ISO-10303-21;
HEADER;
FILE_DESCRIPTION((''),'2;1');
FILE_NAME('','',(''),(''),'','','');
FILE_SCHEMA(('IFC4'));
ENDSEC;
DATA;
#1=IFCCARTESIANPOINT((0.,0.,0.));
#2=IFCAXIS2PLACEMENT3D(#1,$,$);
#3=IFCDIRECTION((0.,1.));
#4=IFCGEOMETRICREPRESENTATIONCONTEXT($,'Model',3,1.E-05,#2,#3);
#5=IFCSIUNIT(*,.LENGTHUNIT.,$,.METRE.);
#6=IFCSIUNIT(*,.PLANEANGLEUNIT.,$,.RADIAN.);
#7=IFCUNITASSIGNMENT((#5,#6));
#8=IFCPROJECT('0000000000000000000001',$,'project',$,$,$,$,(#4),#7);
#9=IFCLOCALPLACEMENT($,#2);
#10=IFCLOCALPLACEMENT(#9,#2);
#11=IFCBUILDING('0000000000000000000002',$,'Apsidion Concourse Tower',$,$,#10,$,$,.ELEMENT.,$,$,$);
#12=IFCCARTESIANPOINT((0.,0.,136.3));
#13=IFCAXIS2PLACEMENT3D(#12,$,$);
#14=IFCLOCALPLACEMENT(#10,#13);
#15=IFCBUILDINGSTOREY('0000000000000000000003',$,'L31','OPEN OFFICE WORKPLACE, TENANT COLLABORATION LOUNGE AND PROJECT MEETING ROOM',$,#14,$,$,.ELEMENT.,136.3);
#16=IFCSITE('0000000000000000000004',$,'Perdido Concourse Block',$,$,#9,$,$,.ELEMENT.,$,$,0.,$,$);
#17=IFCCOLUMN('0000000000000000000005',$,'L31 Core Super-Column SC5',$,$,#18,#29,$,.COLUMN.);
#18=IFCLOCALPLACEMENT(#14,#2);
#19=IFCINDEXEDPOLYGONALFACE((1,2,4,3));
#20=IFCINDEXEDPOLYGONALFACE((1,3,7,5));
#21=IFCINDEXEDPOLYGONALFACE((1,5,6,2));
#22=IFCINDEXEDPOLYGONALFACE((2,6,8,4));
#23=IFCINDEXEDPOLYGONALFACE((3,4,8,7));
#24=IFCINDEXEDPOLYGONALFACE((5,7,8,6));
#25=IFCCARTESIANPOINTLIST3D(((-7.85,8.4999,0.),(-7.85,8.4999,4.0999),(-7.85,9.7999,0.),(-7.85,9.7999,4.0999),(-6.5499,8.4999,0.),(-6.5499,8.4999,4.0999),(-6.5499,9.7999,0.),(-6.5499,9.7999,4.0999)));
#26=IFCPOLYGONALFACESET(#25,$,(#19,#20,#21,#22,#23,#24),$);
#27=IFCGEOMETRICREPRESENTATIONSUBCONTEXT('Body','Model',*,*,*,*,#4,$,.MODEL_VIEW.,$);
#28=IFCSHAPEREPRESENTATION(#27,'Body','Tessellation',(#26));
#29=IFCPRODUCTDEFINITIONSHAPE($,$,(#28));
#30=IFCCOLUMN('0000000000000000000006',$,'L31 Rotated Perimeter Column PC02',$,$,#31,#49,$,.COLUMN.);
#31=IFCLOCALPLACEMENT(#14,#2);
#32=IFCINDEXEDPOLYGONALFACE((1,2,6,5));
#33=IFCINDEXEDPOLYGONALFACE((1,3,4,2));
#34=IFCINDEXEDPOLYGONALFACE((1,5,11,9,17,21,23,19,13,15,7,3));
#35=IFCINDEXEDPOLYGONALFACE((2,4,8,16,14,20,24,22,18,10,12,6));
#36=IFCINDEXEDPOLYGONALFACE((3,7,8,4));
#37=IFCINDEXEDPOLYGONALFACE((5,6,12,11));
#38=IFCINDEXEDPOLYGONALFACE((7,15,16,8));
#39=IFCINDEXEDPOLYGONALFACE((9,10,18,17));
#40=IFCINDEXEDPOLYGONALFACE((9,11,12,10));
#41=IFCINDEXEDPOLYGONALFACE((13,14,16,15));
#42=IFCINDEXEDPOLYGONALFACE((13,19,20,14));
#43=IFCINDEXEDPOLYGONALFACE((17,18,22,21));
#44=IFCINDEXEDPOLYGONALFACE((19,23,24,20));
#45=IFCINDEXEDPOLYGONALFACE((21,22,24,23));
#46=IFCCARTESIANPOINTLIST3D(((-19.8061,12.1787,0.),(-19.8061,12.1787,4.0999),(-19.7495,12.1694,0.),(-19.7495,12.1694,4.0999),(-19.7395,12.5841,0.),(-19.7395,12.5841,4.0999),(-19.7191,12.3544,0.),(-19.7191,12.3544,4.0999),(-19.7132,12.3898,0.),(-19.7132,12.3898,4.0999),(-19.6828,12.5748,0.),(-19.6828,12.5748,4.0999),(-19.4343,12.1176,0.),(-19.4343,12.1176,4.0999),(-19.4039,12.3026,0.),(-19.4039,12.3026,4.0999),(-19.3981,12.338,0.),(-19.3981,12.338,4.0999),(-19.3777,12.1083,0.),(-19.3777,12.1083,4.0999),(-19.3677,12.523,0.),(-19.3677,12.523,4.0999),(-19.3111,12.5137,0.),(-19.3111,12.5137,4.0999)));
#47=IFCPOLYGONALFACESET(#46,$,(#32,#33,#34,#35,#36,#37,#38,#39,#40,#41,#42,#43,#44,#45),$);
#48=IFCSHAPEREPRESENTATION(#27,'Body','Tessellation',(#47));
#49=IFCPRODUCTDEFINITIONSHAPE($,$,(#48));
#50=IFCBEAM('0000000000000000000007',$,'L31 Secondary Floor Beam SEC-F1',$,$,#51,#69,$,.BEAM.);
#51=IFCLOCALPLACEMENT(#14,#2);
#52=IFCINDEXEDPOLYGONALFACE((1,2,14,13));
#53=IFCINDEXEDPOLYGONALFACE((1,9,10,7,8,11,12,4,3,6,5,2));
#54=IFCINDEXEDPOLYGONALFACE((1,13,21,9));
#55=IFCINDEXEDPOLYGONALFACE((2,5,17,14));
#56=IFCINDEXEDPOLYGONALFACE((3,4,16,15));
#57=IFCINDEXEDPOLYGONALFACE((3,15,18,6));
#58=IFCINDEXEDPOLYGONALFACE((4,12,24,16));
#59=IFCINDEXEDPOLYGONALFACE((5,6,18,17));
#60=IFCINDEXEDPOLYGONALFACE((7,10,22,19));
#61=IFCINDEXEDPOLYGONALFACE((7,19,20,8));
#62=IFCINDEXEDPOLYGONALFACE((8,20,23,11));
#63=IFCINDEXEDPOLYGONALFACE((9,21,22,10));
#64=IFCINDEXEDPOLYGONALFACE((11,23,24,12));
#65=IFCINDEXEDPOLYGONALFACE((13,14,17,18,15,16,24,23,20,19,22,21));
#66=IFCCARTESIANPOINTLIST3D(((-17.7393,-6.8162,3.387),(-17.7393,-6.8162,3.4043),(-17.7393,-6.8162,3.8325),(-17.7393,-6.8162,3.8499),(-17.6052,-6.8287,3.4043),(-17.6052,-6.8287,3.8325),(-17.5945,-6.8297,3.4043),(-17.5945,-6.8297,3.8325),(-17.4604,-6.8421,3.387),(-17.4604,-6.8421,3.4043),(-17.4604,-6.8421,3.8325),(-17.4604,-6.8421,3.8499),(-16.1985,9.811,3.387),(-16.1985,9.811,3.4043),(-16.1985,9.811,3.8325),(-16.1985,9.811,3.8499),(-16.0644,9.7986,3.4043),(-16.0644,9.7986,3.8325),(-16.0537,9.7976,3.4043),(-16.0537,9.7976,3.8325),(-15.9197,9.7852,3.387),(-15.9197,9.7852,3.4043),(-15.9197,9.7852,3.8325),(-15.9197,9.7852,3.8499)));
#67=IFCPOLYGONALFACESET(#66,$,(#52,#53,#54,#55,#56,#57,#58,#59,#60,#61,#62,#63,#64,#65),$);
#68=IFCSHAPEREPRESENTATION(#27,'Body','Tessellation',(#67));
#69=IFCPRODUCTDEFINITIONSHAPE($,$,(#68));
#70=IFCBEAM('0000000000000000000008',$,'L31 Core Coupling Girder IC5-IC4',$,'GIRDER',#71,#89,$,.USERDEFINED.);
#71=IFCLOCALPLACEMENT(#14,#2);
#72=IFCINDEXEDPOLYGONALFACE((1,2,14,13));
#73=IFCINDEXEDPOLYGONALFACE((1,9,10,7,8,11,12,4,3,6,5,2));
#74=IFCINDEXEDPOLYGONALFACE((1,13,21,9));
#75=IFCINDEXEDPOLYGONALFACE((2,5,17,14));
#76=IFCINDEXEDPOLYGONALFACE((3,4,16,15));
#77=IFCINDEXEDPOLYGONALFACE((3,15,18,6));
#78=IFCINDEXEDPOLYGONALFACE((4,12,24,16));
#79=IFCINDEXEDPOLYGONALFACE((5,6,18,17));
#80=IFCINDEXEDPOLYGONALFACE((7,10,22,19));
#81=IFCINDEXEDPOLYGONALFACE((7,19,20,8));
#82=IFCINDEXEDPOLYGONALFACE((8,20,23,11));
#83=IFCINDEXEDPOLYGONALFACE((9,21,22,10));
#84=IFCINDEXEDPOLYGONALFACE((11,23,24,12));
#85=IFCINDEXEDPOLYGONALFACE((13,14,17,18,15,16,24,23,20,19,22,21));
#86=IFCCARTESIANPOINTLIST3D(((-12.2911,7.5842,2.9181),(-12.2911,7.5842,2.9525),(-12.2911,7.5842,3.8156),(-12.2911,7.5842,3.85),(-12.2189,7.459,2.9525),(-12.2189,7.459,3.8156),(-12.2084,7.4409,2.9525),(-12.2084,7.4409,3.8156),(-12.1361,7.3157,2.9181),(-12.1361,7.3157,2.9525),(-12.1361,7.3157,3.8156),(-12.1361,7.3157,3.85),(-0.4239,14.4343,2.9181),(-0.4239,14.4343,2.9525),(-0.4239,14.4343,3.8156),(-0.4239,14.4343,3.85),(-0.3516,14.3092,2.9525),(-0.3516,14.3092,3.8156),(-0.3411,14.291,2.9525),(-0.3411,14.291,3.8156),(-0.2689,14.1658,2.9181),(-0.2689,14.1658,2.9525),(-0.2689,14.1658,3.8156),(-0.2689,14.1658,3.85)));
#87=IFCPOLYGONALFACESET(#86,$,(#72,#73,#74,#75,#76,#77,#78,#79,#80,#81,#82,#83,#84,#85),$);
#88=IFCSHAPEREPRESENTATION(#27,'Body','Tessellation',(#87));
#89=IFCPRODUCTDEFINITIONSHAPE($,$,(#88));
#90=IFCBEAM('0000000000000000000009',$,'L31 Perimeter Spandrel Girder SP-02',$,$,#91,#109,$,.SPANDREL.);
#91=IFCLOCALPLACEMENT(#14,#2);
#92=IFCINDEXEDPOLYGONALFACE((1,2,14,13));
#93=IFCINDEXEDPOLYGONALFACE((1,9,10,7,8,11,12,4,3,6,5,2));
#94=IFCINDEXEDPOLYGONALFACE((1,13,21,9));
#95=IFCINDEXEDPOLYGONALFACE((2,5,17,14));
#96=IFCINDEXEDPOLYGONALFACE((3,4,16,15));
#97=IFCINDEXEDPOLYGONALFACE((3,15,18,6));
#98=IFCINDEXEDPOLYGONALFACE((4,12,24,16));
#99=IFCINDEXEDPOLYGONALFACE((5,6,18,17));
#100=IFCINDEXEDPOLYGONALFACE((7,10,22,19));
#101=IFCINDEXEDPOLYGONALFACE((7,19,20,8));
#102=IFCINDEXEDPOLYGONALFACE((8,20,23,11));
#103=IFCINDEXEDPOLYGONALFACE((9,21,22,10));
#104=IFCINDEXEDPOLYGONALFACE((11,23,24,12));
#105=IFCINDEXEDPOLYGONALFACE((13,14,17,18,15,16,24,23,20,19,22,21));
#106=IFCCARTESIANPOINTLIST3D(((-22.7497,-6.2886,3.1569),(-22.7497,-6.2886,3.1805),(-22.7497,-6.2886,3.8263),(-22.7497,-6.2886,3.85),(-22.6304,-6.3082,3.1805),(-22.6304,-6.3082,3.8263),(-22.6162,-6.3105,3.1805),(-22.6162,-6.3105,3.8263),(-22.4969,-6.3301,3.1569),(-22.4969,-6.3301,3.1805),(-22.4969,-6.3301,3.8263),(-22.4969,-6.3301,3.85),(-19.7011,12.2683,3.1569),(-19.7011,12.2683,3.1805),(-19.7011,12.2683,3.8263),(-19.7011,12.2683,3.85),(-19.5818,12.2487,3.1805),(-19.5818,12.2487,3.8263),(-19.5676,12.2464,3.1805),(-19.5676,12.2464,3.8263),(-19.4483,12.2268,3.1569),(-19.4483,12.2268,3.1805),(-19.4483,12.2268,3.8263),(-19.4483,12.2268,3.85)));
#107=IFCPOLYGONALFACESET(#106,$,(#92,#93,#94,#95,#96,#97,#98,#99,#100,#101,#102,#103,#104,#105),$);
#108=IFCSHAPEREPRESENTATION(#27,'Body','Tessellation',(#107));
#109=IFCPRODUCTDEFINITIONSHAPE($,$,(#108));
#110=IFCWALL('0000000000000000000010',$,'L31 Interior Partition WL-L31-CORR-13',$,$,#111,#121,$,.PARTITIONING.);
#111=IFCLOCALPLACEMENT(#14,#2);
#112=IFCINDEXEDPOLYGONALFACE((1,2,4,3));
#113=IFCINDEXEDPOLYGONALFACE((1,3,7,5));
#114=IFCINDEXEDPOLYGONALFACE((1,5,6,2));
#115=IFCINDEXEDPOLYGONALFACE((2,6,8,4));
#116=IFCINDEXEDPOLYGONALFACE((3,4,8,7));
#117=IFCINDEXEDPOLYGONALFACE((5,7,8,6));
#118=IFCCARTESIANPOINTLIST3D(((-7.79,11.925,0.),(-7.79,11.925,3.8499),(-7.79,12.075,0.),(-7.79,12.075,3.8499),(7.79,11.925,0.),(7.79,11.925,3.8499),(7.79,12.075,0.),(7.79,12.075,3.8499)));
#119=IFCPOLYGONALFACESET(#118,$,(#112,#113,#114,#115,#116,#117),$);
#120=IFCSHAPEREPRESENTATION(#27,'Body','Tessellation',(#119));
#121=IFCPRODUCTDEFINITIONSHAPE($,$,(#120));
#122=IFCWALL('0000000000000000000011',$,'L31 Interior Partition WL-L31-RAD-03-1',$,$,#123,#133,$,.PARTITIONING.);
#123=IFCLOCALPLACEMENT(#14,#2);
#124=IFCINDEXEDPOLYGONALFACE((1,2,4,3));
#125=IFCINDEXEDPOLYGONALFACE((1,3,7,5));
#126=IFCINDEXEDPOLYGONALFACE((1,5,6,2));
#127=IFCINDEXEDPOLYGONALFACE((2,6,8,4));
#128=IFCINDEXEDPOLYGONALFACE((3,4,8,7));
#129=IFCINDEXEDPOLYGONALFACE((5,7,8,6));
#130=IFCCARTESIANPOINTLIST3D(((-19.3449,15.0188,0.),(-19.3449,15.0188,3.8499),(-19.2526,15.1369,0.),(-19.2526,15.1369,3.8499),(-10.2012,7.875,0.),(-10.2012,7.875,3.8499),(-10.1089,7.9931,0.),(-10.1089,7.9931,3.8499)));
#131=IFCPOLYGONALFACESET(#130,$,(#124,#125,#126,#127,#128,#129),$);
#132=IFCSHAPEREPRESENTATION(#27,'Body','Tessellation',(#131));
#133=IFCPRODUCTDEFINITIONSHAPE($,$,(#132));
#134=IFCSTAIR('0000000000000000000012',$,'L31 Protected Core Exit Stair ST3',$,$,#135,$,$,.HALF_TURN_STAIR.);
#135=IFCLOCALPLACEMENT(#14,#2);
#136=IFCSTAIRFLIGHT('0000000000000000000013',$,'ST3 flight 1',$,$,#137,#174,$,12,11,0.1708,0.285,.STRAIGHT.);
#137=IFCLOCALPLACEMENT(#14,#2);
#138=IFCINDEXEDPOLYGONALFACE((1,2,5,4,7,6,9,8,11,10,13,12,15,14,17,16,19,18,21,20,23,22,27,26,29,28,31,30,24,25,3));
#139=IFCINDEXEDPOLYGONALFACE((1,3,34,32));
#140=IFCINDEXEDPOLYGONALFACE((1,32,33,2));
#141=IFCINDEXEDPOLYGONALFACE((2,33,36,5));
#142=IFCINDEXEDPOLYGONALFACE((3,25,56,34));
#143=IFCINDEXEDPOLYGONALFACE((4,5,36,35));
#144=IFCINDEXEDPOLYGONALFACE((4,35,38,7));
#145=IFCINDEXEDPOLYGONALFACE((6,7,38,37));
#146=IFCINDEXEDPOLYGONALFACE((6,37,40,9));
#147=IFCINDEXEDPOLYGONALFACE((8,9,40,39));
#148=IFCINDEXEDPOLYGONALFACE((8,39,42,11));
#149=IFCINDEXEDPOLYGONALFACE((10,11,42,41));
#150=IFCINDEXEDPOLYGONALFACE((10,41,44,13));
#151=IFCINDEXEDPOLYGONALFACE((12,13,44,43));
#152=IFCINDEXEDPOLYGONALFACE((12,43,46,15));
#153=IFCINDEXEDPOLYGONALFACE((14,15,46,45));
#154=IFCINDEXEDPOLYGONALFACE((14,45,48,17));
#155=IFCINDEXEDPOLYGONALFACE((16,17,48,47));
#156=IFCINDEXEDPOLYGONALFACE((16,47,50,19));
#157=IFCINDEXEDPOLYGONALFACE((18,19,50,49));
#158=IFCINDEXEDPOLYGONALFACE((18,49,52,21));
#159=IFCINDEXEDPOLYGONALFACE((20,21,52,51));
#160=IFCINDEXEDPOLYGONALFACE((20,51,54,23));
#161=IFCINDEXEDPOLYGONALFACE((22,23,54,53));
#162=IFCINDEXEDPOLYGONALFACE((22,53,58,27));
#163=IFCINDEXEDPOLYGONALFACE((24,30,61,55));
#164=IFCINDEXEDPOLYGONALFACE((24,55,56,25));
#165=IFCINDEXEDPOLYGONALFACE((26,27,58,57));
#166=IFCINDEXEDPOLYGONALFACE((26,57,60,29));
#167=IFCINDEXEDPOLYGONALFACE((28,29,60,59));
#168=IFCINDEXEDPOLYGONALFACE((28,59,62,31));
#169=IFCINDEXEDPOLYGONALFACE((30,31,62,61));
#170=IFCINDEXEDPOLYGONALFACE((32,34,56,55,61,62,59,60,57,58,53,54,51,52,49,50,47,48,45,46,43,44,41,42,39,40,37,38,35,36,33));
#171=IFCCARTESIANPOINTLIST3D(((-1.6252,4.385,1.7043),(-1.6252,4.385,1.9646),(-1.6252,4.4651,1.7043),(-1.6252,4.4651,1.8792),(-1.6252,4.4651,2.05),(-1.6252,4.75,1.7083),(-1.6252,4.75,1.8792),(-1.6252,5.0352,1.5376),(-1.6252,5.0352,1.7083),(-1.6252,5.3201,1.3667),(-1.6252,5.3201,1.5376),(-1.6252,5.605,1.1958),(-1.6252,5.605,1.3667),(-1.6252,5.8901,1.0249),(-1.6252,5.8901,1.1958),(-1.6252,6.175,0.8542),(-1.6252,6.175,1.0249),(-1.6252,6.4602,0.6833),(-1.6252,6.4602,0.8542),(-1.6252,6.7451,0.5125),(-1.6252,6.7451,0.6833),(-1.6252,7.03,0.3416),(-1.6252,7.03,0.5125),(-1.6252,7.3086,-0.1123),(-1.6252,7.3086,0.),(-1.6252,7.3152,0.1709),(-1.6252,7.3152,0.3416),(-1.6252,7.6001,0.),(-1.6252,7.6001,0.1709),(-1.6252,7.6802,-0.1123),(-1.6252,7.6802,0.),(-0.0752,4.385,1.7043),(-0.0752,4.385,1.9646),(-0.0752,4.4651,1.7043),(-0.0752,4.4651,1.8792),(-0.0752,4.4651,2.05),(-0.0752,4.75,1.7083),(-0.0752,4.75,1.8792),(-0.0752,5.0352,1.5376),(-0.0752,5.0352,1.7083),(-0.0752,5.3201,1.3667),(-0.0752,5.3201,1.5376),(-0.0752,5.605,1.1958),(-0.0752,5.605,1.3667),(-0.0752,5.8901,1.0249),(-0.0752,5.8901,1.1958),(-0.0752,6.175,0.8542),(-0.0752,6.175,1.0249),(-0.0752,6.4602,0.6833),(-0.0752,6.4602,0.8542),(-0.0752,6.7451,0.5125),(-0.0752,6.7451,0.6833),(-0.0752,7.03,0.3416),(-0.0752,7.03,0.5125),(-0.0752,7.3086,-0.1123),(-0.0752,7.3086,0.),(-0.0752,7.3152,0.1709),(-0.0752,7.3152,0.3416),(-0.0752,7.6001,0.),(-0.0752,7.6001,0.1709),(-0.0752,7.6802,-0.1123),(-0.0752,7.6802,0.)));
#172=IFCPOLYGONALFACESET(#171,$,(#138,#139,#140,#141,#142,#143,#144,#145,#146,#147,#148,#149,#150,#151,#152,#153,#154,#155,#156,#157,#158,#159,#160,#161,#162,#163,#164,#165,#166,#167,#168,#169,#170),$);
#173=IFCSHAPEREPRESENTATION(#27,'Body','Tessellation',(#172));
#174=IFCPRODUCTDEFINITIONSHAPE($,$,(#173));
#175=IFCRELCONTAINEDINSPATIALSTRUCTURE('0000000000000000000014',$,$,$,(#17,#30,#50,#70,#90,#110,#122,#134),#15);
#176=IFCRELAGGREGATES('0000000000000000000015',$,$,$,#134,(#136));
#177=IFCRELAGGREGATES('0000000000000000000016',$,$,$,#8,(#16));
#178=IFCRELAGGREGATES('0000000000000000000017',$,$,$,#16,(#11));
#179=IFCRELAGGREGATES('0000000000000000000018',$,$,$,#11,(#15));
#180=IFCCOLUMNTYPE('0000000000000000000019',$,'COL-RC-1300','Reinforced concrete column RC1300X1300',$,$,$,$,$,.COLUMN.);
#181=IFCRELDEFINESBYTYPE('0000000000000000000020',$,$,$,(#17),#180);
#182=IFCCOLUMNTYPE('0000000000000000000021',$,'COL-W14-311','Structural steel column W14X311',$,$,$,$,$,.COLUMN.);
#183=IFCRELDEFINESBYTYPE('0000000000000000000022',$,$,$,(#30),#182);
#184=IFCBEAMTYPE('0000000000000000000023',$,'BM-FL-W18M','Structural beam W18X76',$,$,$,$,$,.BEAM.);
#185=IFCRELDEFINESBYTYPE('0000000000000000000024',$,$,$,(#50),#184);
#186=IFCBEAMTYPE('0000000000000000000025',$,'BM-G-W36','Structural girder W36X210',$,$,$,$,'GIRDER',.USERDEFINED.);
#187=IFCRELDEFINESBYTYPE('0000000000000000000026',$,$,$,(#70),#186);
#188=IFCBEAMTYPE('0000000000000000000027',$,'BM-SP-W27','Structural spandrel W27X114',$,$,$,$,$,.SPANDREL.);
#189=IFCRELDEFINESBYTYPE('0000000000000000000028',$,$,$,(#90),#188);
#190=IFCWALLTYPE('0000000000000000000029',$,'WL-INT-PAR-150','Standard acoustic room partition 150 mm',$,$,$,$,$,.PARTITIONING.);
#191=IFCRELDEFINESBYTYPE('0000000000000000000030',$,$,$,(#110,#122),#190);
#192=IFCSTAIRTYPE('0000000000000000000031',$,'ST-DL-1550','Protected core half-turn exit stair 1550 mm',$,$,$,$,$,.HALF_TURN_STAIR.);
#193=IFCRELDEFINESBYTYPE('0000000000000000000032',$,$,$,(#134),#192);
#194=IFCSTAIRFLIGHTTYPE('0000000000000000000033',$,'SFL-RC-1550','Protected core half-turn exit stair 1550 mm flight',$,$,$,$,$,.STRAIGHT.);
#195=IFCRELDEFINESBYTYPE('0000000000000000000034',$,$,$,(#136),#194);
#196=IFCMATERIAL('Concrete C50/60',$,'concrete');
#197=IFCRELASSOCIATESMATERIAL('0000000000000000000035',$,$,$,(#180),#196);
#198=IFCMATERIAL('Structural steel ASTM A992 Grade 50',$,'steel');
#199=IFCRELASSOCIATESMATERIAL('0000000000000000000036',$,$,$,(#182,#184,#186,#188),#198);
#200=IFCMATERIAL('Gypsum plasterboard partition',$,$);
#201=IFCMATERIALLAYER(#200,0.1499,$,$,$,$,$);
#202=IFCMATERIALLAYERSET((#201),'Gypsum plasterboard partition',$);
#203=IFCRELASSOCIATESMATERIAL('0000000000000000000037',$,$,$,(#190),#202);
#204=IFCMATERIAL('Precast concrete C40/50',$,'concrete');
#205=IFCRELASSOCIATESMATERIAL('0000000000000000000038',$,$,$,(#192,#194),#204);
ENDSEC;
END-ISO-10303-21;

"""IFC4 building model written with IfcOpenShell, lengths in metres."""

from ifc_helpers import new_model, si_unit, direction, frame, frame_2d, origin, origin_2d, place, context, subcontext, project, spatial, polyline, rectangle, i_section, outline, extrude, material, layer, layer_set, material_profile, profile_set, type_object, element, aggregate, save


model = new_model("IFC4")

# Units and contexts
model_context = context("Model", 3, precision=1e-05, world=origin(), true_north=direction((0.0, 1.0)))
body_context = subcontext(model_context, "Body", "Model", "MODEL_VIEW")
ifc_project = project(units=[si_unit("LENGTHUNIT", "METRE"), si_unit("PLANEANGLEUNIT", "RADIAN")], contexts=[model_context])

# Site, building, storey
site_placement = place(None, origin())
site = spatial("IfcSite", under=ifc_project, at=site_placement, Name="Perdido Concourse Block", CompositionType="ELEMENT", RefElevation=0.0)
building_placement = place(site_placement, origin())
building = spatial("IfcBuilding", under=site, at=building_placement, Name="Apsidion Concourse Tower", CompositionType="ELEMENT")
storey_placement = place(building_placement, frame((0.0, 0.0, 136.3)))
storey = spatial("IfcBuildingStorey", under=building, at=storey_placement, Name="L31", Description="OPEN OFFICE WORKPLACE, TENANT COLLABORATION LOUNGE AND PROJECT MEETING ROOM", CompositionType="ELEMENT", Elevation=136.3)

# Columns
ifc_material_1 = material(Name="Concrete C50/60", Category="concrete")
ifc_material_profile_1 = material_profile(ifc_material_1, rectangle(XDim=1.3, YDim=1.3, at=origin_2d()), Name="RC 1300x1300")
ifc_profile_set_1 = profile_set([ifc_material_profile_1], Name="Concrete C50/60")
column_type_1 = type_object("IfcColumnType", Name="COL-RC-1300", Description="Reinforced concrete column RC1300X1300", PredefinedType="COLUMN", material=ifc_profile_set_1)
column_1_placement = place(storey_placement, frame((-7.2, 9.1499, 0.0), z_axis=(0.0, 0.0, 1.0), x_axis=(1.0, 0.0, 0.0)))
element("IfcColumn", 1, at=column_1_placement, inside=storey, type_object=column_type_1, Name="L31 Core Super-Column SC5", PredefinedType="COLUMN", context=body_context, shape_type="SweptSolid", body=[
    extrude(rectangle(XDim=1.3, YDim=1.3, at=origin_2d()), origin(), (0.0, 0.0, 1.0), 4.0999),
])
ifc_material_2 = material(Name="Structural steel ASTM A992 Grade 50", Category="steel")
ifc_material_profile_2 = material_profile(ifc_material_2, i_section(OverallWidth=0.4109, OverallDepth=0.4341, WebThickness=0.0359, FlangeThickness=0.0574, at=origin_2d()), Name="W14X311")
ifc_profile_set_2 = profile_set([ifc_material_profile_2], Name="Structural steel ASTM A992 Grade 50")
column_type_2 = type_object("IfcColumnType", Name="COL-W14-311", Description="Structural steel column W14X311", PredefinedType="COLUMN", material=ifc_profile_set_2)
column_2_placement = place(storey_placement, frame((-19.5586, 12.3462, 0.0), z_axis=(0.0, 0.0, 1.0), x_axis=(0.162121, 0.986771, 0.0)))
element("IfcColumn", 2, at=column_2_placement, inside=storey, type_object=column_type_2, Name="L31 Rotated Perimeter Column PC02", PredefinedType="COLUMN", context=body_context, shape_type="SweptSolid", body=[
    extrude(i_section(OverallWidth=0.4109, OverallDepth=0.4341, WebThickness=0.0359, FlangeThickness=0.0574, at=origin_2d()), origin(), (0.0, 0.0, 1.0), 4.0999),
])

# Beams
ifc_material_profile_3 = material_profile(ifc_material_2, i_section(OverallWidth=0.28, OverallDepth=0.4629, WebThickness=0.0107, FlangeThickness=0.0173, at=origin_2d()), Name="W18X76")
ifc_profile_set_3 = profile_set([ifc_material_profile_3], Name="Structural steel ASTM A992 Grade 50")
beam_type_1 = type_object("IfcBeamType", Name="BM-FL-W18M", Description="Structural beam W18X76", PredefinedType="BEAM", material=ifc_profile_set_3)
beam_1_placement = place(storey_placement, frame((-16.0591, 9.7981, 3.6184), z_axis=(-0.09227, -0.995734, 0.0), x_axis=(0.995734, -0.09227, 0.0)))
element("IfcBeam", 3, at=beam_1_placement, inside=storey, type_object=beam_type_1, Name="L31 Secondary Floor Beam SEC-F1", PredefinedType="BEAM", context=body_context, shape_type="SweptSolid", body=[
    extrude(i_section(OverallWidth=0.28, OverallDepth=0.4629, WebThickness=0.0107, FlangeThickness=0.0173, at=origin_2d()), origin(), (0.0, 0.0, 1.0), 16.6985),
])
ifc_material_profile_4 = material_profile(ifc_material_2, i_section(OverallWidth=0.3101, OverallDepth=0.9319, WebThickness=0.021, FlangeThickness=0.0344, at=origin_2d()), Name="W36X210")
ifc_profile_set_4 = profile_set([ifc_material_profile_4], Name="Structural steel ASTM A992 Grade 50")
beam_type_2 = type_object("IfcBeamType", Name="BM-G-W36", Description="Structural girder W36X210", ElementType="GIRDER", PredefinedType="USERDEFINED", material=ifc_profile_set_4)
beam_2_placement = place(storey_placement, frame((-12.2136, 7.45, 3.384), z_axis=(0.86607, 0.499922, 0.0), x_axis=(-0.499922, 0.86607, 0.0)))
element("IfcBeam", 4, at=beam_2_placement, inside=storey, type_object=beam_type_2, Name="L31 Core Coupling Girder IC5-IC4", ObjectType="GIRDER", PredefinedType="USERDEFINED", context=body_context, shape_type="SweptSolid", body=[
    extrude(i_section(OverallWidth=0.3101, OverallDepth=0.9319, WebThickness=0.021, FlangeThickness=0.0344, at=origin_2d()), origin(), (0.0, 0.0, 1.0), 13.7024),
])
ifc_material_profile_5 = material_profile(ifc_material_2, i_section(OverallWidth=0.2561, OverallDepth=0.6931, WebThickness=0.0144, FlangeThickness=0.0237, at=origin_2d()), Name="W27X114")
ifc_profile_set_5 = profile_set([ifc_material_profile_5], Name="Structural steel ASTM A992 Grade 50")
beam_type_3 = type_object("IfcBeamType", Name="BM-SP-W27", Description="Structural spandrel W27X114", PredefinedType="SPANDREL", material=ifc_profile_set_5)
beam_3_placement = place(storey_placement, frame((-19.5747, 12.2476, 3.5034), z_axis=(-0.16211, -0.986773, 0.0), x_axis=(0.986773, -0.16211, 0.0)))
element("IfcBeam", 5, at=beam_3_placement, inside=storey, type_object=beam_type_3, Name="L31 Perimeter Spandrel Girder SP-02", PredefinedType="SPANDREL", context=body_context, shape_type="SweptSolid", body=[
    extrude(i_section(OverallWidth=0.2561, OverallDepth=0.6931, WebThickness=0.0144, FlangeThickness=0.0237, at=origin_2d()), origin(), (0.0, 0.0, 1.0), 18.8057),
])

# Walls
ifc_material_3 = material(Name="Gypsum plasterboard partition")
ifc_layer_1 = layer(ifc_material_3, 0.1499)
ifc_layer_set_1 = layer_set([ifc_layer_1], Name="Gypsum plasterboard partition")
wall_type_1 = type_object("IfcWallType", Name="WL-INT-PAR-150", Description="Standard acoustic room partition 150 mm", PredefinedType="PARTITIONING", material=ifc_layer_set_1)
wall_1_placement = place(storey_placement, frame((-7.79, 12.0, 0.0), z_axis=(0.0, 0.0, 1.0), x_axis=(1.0, 0.0, 0.0)))
element("IfcWall", 6, at=wall_1_placement, inside=storey, type_object=wall_type_1, Name="L31 Interior Partition WL-L31-CORR-13", PredefinedType="PARTITIONING", context=body_context, shape_type="SweptSolid", body=[
    extrude(rectangle(XDim=15.5801, YDim=0.1499, at=frame_2d((7.79, 0.0))), origin(), (0.0, 0.0, 1.0), 3.8499),
])
wall_2_placement = place(storey_placement, frame((-10.155, 7.9341, 0.0), z_axis=(0.0, 0.0, 1.0), x_axis=(-0.788016, 0.615655, 0.0)))
element("IfcWall", 7, at=wall_2_placement, inside=storey, type_object=wall_type_1, Name="L31 Interior Partition WL-L31-RAD-03-1", PredefinedType="PARTITIONING", context=body_context, shape_type="SweptSolid", body=[
    extrude(rectangle(XDim=11.6035, YDim=0.1499, at=frame_2d((5.8018, 0.0))), origin(), (0.0, 0.0, 1.0), 3.8499),
])

# Stair, stair flight
ifc_material_4 = material(Name="Precast concrete C40/50", Category="concrete")
stair_type = type_object("IfcStairType", Name="ST-DL-1550", Description="Protected core half-turn exit stair 1550 mm", PredefinedType="HALF_TURN_STAIR", material=ifc_material_4)
stair_placement = place(storey_placement, origin())
stair = element("IfcStair", 8, at=stair_placement, inside=storey, type_object=stair_type, Name="L31 Protected Core Exit Stair ST3", PredefinedType="HALF_TURN_STAIR")
stair_flight_type = type_object("IfcStairFlightType", Name="SFL-RC-1550", Description="Protected core half-turn exit stair 1550 mm flight", PredefinedType="STRAIGHT", material=ifc_material_4)
stair_flight_placement = place(storey_placement, frame((-0.8501, 7.6001, 0.0), z_axis=(0.0, 0.0, 1.0), x_axis=(0.0, -1.0, 0.0)))
stair_flight = element("IfcStairFlight", 9, at=stair_flight_placement, type_object=stair_flight_type, Name="ST3 flight 1", NumberOfRisers=12, NumberOfTreads=11, PredefinedType="STRAIGHT", RiserHeight=0.1708, TreadLength=0.285, context=body_context, shape_type="SweptSolid", body=[
    extrude(outline(polyline([(-0.0801, -0.1123), (-0.0801, 0.0), (0.0, 0.0), (0.0, 0.1709), (0.2849, 0.1709), (0.2849, 0.3416), (0.5701, 0.3416), (0.5701, 0.5125), (0.855, 0.5125), (0.855, 0.6833), (1.1399, 0.6833), (1.1399, 0.8542), (1.425, 0.8542), (1.425, 1.0249), (1.71, 1.0249), (1.71, 1.1958), (1.9951, 1.1958), (1.9951, 1.3667), (2.28, 1.3667), (2.28, 1.5376), (2.5649, 1.5376), (2.5649, 1.7083), (2.8501, 1.7083), (2.8501, 1.8792), (3.135, 1.8792), (3.135, 2.05), (3.2151, 1.9646), (3.2151, 1.7043), (3.135, 1.7043), (0.2915, 0.0), (0.2915, -0.1123), (-0.0801, -0.1123)])), frame((0.0, 0.7749, 0.0), z_axis=(0.0, -1.0, 0.0), x_axis=(1.0, 0.0, 0.0)), (0.0, 0.0, 1.0), 1.55),
])
aggregate(stair, [stair_flight])

save(model, "model.ifc")
